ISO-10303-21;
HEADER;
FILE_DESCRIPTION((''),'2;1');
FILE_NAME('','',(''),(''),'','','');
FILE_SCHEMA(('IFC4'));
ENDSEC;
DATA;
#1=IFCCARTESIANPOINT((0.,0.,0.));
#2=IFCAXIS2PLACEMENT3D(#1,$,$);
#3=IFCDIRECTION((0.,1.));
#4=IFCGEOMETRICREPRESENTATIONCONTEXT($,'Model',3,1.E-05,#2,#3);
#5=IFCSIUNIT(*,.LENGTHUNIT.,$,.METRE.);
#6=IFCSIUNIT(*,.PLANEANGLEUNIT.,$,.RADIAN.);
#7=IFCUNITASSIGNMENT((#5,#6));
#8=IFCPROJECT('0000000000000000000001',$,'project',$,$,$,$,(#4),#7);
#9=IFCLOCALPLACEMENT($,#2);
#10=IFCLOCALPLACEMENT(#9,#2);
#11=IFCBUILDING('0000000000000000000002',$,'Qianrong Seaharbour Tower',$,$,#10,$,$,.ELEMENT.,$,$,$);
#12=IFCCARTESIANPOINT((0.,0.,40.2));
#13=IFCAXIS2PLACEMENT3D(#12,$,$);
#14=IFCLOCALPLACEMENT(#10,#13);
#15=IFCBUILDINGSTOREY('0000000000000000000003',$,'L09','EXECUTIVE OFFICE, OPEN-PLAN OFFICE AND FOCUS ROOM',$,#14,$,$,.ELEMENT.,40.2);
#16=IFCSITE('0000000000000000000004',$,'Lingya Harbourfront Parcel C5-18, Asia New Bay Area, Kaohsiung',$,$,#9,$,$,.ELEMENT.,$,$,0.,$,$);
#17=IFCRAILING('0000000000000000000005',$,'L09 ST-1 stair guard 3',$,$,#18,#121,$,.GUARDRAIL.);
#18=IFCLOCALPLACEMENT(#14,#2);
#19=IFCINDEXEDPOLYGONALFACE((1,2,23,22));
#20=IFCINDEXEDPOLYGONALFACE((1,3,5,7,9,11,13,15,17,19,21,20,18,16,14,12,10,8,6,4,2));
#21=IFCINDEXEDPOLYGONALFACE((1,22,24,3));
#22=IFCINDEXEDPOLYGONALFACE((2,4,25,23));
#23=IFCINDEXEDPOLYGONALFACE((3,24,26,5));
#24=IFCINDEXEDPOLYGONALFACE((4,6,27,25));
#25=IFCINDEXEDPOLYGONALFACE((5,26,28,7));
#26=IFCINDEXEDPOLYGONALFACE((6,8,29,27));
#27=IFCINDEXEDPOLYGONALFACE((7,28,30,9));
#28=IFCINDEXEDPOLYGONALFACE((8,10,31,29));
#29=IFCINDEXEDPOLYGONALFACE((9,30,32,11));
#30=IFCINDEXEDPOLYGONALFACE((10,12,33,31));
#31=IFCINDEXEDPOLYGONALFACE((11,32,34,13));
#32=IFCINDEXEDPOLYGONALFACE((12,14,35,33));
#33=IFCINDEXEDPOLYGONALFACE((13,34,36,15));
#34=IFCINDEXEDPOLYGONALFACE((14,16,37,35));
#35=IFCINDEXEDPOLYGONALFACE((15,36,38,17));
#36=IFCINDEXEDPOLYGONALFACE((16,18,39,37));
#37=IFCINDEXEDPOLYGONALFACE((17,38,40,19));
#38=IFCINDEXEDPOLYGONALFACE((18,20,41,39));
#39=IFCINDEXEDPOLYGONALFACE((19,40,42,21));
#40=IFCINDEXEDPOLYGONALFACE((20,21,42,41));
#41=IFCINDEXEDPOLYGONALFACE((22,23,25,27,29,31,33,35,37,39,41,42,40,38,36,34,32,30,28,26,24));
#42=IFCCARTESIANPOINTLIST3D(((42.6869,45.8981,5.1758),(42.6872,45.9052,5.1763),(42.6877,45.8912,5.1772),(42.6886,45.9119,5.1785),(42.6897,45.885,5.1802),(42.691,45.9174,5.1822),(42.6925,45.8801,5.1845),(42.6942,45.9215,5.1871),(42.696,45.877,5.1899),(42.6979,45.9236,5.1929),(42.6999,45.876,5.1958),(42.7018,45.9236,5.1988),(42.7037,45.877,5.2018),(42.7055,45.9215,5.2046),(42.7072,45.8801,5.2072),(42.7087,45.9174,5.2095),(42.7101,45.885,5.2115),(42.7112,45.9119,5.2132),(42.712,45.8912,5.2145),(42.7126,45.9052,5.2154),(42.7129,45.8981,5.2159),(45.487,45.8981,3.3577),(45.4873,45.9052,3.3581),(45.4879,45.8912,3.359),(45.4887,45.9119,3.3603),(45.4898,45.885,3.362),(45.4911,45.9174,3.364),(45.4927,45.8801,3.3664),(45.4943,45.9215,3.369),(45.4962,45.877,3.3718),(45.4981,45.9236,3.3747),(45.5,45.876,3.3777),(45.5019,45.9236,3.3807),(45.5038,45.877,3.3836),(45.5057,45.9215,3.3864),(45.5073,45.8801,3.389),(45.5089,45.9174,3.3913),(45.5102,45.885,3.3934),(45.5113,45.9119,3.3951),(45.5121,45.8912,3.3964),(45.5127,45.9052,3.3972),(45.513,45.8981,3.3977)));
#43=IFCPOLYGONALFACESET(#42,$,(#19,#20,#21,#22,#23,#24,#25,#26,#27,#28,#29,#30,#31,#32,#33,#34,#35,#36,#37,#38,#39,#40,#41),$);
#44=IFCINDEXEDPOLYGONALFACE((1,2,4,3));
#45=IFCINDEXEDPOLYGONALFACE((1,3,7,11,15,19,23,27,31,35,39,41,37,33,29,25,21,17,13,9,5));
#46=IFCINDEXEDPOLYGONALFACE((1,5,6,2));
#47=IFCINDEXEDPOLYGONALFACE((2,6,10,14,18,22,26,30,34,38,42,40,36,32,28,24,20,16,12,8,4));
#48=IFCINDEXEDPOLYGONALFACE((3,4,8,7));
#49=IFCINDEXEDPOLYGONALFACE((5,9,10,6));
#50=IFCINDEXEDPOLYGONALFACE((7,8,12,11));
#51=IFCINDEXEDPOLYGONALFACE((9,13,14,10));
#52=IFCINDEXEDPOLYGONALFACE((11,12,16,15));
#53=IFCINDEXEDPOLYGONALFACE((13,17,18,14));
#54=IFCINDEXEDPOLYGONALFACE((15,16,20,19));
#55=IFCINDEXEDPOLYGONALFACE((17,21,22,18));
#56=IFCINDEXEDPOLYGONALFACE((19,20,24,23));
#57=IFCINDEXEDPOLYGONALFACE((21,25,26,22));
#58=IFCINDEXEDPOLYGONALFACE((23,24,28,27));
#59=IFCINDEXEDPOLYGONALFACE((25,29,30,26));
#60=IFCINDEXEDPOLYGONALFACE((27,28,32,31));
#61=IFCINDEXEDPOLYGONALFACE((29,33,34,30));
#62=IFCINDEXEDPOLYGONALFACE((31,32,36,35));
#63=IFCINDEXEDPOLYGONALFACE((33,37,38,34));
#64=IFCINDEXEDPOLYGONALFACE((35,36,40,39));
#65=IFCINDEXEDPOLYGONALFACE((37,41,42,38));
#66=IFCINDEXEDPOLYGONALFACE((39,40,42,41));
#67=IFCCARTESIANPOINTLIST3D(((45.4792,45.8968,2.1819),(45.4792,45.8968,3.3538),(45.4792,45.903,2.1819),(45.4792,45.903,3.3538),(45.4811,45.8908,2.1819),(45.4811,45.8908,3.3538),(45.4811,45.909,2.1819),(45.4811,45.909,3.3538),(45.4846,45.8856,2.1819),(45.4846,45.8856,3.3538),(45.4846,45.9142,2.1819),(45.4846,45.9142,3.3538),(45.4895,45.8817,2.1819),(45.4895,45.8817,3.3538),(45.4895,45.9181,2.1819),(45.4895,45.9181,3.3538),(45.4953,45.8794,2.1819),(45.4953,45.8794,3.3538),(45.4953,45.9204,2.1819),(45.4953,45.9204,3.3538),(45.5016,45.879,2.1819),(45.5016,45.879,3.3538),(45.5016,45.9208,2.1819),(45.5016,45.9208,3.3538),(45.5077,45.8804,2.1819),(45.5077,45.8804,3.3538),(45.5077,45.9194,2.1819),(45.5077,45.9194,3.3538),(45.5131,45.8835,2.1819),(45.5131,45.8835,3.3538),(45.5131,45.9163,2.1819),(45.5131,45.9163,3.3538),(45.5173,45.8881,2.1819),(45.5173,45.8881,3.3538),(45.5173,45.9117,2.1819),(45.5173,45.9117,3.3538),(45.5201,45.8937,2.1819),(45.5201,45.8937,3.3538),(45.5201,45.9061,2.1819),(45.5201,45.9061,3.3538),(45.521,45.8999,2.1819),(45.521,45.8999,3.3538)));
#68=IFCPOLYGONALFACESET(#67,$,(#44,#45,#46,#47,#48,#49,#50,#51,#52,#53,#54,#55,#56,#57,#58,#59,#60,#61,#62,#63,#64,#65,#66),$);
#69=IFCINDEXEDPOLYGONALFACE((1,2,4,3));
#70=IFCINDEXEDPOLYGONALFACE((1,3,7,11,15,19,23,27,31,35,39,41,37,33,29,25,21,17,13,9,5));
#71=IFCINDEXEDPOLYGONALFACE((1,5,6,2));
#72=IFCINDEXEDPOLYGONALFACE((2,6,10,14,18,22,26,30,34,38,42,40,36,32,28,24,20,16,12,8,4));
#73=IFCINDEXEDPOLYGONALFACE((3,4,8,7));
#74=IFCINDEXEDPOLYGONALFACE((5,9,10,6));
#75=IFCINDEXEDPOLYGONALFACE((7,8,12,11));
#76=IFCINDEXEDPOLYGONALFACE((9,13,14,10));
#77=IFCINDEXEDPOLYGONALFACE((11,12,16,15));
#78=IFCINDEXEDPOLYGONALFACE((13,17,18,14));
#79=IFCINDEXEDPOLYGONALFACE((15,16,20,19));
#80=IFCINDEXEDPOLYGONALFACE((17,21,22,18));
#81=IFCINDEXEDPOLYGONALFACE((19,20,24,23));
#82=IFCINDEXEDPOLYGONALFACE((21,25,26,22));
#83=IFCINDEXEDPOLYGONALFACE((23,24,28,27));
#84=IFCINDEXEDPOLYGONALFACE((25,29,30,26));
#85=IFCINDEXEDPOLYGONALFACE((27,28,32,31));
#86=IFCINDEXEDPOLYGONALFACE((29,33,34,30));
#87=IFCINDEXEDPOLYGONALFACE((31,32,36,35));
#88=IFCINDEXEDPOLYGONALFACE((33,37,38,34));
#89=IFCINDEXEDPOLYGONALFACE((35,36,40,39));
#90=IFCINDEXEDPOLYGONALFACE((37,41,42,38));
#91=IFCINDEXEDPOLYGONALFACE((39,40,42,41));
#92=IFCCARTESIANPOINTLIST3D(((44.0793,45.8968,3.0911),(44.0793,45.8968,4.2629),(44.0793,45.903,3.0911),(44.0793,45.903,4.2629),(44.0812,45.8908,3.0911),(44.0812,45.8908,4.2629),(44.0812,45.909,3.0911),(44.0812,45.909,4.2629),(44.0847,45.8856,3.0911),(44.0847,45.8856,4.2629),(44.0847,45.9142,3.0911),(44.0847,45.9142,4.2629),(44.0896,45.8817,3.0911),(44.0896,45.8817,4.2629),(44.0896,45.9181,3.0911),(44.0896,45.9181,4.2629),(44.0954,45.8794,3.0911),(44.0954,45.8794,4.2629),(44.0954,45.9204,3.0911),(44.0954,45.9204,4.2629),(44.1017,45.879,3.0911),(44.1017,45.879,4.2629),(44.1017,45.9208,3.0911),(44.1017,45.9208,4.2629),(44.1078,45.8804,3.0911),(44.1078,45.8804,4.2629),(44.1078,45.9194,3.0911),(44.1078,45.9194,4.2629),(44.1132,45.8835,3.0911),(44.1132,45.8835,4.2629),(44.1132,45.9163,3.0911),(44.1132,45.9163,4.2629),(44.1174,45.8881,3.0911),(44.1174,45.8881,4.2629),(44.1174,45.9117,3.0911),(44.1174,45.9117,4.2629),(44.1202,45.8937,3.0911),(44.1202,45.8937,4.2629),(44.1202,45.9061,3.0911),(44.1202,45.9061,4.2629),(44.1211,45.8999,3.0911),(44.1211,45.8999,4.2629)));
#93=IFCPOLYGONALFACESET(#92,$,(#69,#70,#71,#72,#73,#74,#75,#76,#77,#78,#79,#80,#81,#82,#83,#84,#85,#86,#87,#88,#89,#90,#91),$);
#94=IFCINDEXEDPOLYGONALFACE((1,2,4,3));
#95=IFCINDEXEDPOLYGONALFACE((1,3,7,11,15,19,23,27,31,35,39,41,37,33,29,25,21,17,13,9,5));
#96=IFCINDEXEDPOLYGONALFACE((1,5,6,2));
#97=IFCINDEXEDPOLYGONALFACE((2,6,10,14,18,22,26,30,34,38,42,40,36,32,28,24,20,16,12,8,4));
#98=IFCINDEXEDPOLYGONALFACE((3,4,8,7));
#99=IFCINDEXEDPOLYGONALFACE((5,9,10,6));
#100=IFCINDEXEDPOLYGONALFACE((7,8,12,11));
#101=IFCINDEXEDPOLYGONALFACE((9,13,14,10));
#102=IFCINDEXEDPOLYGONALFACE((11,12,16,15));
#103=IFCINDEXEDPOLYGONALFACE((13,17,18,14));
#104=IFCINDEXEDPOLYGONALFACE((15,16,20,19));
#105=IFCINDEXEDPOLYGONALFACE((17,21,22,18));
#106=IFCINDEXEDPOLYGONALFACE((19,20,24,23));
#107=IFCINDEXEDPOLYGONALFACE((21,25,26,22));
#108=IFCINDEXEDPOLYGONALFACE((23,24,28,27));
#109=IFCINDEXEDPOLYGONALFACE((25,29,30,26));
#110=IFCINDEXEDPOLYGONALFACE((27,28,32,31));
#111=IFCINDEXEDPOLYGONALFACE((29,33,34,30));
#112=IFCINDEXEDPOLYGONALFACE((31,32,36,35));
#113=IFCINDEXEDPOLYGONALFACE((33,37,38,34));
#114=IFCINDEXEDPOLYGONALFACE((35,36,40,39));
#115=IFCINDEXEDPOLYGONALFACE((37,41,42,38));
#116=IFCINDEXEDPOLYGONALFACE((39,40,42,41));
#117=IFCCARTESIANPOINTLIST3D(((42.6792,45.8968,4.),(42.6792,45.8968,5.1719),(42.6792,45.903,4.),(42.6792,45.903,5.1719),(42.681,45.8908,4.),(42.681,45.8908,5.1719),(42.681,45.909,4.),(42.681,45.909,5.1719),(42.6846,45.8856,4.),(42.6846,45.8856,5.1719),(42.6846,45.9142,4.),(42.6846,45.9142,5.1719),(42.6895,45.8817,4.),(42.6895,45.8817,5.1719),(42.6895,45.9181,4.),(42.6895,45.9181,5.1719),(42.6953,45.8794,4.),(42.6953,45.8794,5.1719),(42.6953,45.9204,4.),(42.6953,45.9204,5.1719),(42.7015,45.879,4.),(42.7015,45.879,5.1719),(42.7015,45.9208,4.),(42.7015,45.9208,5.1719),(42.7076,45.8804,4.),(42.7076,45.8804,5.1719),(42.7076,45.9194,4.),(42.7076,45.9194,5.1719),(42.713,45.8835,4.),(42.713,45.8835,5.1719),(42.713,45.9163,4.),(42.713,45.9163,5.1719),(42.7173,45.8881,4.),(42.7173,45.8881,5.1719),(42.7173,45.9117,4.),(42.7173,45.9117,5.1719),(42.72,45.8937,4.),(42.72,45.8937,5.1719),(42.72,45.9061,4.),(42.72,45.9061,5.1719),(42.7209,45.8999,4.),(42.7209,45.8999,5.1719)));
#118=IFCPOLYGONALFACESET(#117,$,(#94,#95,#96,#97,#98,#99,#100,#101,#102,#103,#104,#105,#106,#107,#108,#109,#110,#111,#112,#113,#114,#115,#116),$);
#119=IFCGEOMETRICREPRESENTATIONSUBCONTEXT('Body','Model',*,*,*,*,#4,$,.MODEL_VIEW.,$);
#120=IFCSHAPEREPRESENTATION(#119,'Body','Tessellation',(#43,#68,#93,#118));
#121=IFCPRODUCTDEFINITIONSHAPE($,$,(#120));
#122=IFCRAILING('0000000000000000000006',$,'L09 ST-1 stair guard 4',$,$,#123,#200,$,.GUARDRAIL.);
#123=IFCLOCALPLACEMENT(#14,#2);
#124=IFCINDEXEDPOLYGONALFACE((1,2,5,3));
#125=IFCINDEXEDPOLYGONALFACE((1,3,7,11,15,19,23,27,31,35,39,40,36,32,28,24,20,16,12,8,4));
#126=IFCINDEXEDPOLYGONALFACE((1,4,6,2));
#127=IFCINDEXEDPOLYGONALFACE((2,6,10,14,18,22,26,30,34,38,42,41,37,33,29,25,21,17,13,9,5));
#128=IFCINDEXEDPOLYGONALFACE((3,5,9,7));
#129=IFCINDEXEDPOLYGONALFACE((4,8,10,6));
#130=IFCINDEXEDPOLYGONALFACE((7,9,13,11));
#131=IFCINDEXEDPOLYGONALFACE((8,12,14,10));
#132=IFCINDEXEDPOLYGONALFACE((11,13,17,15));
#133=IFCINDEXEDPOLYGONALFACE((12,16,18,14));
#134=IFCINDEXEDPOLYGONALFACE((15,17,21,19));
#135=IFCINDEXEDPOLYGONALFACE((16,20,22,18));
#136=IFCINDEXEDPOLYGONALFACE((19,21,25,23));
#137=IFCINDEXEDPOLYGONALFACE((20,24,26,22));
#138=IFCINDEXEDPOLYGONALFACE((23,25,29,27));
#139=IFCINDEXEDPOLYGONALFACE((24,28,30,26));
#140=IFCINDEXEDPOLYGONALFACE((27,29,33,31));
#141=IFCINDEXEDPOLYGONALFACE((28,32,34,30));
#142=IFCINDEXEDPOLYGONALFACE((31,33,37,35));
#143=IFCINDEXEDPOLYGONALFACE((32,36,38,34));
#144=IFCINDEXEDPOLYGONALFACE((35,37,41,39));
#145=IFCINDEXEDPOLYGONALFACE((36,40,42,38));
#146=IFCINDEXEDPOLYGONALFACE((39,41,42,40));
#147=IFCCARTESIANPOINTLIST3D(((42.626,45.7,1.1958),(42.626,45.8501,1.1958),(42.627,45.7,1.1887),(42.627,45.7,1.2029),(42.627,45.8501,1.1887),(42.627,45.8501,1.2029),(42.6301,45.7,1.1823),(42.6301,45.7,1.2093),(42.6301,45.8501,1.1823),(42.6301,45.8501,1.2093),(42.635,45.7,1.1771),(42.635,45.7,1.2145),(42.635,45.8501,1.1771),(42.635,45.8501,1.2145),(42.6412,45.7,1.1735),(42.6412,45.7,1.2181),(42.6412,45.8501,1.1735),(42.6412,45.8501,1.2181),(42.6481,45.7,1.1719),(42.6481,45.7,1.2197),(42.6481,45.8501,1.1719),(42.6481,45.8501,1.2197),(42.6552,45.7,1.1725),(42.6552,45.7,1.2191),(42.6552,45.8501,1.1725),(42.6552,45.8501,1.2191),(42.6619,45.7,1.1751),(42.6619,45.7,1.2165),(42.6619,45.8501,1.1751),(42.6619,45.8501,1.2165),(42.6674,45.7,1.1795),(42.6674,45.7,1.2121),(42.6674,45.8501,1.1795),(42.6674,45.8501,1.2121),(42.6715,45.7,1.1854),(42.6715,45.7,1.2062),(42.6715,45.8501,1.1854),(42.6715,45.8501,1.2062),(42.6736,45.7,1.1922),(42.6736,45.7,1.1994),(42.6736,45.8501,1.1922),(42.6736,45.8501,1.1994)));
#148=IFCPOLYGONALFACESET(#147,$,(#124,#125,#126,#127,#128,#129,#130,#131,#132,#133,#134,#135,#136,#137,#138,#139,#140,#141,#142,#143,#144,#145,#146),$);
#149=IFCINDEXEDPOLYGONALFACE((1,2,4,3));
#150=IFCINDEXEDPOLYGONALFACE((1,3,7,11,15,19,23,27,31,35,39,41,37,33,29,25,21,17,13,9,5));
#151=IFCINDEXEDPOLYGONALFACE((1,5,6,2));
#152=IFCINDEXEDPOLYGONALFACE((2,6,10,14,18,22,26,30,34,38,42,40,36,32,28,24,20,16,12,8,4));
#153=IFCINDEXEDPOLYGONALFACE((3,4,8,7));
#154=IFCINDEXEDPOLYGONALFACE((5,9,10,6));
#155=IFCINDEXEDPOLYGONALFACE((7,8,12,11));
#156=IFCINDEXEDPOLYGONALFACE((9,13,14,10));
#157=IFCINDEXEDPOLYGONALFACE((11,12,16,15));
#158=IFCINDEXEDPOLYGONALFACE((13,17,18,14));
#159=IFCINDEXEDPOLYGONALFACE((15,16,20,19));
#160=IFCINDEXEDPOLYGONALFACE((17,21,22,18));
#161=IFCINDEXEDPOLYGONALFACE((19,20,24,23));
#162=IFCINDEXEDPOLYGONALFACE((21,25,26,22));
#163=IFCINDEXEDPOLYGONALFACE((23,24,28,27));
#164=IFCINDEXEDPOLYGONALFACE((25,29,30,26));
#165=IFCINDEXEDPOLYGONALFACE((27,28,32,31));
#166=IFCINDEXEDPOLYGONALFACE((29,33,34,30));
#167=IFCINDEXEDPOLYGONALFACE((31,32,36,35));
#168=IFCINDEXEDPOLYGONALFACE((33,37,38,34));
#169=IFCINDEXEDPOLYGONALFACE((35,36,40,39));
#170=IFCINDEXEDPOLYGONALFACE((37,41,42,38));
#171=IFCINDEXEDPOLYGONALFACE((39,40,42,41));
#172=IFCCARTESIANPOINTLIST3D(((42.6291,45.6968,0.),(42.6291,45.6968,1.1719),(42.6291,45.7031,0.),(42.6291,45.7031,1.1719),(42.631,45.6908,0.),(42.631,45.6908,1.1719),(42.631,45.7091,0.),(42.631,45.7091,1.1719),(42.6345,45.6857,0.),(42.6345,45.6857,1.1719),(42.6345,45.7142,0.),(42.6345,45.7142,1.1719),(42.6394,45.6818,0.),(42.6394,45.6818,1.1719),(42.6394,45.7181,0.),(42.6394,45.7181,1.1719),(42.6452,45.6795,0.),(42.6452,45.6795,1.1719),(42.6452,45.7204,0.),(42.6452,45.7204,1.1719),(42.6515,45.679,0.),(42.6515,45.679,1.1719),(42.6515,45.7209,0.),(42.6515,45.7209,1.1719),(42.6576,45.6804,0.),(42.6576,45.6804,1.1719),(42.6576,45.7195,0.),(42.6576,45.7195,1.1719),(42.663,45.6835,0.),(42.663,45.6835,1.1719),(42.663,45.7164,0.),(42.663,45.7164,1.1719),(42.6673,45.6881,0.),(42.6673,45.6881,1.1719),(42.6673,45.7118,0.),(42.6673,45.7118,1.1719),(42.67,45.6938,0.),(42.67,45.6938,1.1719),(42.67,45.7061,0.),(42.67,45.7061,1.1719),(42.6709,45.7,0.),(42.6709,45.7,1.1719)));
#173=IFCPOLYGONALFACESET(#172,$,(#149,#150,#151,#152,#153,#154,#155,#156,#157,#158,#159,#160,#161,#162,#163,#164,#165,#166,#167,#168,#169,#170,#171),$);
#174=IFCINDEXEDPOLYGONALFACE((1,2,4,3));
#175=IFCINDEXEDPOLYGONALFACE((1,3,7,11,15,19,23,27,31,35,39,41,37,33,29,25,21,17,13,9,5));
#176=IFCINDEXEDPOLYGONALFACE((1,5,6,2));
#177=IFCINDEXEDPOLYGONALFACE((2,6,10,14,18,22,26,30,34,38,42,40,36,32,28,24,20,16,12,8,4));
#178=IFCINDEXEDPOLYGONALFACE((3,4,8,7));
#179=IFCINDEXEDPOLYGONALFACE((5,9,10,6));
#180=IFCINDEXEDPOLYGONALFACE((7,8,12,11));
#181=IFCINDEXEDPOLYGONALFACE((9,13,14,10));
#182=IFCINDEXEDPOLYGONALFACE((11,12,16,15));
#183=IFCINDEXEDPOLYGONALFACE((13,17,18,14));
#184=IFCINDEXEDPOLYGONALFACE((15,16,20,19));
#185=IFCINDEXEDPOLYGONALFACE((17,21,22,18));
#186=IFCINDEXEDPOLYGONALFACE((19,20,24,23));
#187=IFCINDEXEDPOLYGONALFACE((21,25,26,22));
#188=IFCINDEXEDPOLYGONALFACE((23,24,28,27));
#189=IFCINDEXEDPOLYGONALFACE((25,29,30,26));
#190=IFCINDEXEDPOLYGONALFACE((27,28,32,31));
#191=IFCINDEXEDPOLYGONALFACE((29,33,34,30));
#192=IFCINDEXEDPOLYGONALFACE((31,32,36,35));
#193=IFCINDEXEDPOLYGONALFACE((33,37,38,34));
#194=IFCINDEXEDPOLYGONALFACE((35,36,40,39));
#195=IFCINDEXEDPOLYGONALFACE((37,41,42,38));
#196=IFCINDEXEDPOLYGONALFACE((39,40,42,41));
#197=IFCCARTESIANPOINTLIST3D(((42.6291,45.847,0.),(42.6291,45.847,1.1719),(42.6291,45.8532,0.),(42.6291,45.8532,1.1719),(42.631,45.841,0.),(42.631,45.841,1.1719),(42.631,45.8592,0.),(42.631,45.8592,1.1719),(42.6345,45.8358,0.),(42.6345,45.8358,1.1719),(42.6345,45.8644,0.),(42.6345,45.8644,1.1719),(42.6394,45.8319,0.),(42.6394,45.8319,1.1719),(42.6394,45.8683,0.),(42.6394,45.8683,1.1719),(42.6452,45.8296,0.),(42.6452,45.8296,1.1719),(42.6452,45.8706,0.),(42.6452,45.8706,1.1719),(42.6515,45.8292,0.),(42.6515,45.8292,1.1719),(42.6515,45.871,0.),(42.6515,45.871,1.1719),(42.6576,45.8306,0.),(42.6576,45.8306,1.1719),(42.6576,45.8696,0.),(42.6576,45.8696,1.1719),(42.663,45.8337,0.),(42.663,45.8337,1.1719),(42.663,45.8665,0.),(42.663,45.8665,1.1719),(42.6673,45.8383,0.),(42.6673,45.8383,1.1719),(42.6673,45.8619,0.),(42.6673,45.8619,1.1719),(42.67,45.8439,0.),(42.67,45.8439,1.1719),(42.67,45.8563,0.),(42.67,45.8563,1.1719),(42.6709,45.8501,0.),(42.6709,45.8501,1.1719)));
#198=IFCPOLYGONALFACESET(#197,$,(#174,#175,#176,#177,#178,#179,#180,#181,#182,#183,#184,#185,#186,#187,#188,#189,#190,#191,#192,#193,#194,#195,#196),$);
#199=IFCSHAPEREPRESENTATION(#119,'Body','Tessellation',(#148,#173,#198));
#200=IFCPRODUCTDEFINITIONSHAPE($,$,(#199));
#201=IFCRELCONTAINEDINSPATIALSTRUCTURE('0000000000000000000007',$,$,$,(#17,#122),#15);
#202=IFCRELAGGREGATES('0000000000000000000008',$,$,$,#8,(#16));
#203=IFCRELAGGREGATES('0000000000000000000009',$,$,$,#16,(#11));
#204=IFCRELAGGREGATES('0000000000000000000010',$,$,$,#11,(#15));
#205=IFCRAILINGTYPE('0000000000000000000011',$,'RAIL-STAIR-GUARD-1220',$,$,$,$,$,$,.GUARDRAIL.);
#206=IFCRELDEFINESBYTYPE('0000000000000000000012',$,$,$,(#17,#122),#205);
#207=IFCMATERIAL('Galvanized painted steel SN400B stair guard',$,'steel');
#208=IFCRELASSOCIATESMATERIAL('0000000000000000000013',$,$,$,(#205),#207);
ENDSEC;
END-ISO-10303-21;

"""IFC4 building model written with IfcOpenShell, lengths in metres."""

from ifc_helpers import new_model, si_unit, direction, frame, origin, origin_2d, place, context, subcontext, project, spatial, circle, extrude, material, type_object, element, save


model = new_model("IFC4")

# Units and contexts
model_context = context("Model", 3, precision=1e-05, world=origin(), true_north=direction((0.0, 1.0)))
body_context = subcontext(model_context, "Body", "Model", "MODEL_VIEW")
ifc_project = project(units=[si_unit("LENGTHUNIT", "METRE"), si_unit("PLANEANGLEUNIT", "RADIAN")], contexts=[model_context])

# Site, building, storey
site_placement = place(None, origin())
site = spatial("IfcSite", under=ifc_project, at=site_placement, Name="Lingya Harbourfront Parcel C5-18, Asia New Bay Area, Kaohsiung", CompositionType="ELEMENT", RefElevation=0.0)
building_placement = place(site_placement, origin())
building = spatial("IfcBuilding", under=site, at=building_placement, Name="Qianrong Seaharbour Tower", CompositionType="ELEMENT")
storey_placement = place(building_placement, frame((0.0, 0.0, 40.2)))
storey = spatial("IfcBuildingStorey", under=building, at=storey_placement, Name="L09", Description="EXECUTIVE OFFICE, OPEN-PLAN OFFICE AND FOCUS ROOM", CompositionType="ELEMENT", Elevation=40.2)

# Railings
ifc_material_1 = material(Name="Galvanized painted steel SN400B stair guard", Category="steel")
railing_type_1 = type_object("IfcRailingType", Name="RAIL-STAIR-GUARD-1220", PredefinedType="GUARDRAIL", material=ifc_material_1)
railing_1_placement = place(storey_placement, frame((45.5, 45.8999, 2.1819)))
element("IfcRailing", 1, at=railing_1_placement, inside=storey, type_object=railing_type_1, Name="L09 ST-1 stair guard 3", PredefinedType="GUARDRAIL", context=body_context, shape_type="SweptSolid", body=[
    extrude(circle(Radius=0.0239, at=origin_2d()), frame((0.0, 0.0, 1.1958), z_axis=(-0.838706, 0.0, 0.544585), x_axis=(0.0, -1.0, 0.0)), (0.0, 0.0, 1.0), 3.3386),
    extrude(circle(Radius=0.021, at=origin_2d()), origin(), (0.0, 0.0, 1.0), 1.1719),
    extrude(circle(Radius=0.021, at=origin_2d()), frame((-1.3999, 0.0, 0.9092)), (0.0, 0.0, 1.0), 1.1719),
    extrude(circle(Radius=0.021, at=origin_2d()), frame((-2.8, 0.0, 1.8181)), (0.0, 0.0, 1.0), 1.1719),
])
railing_2_placement = place(storey_placement, frame((42.6499, 45.7, 0.0)))
element("IfcRailing", 2, at=railing_2_placement, inside=storey, type_object=railing_type_1, Name="L09 ST-1 stair guard 4", PredefinedType="GUARDRAIL", context=body_context, shape_type="SweptSolid", body=[
    extrude(circle(Radius=0.0239, at=origin_2d()), frame((0.0, 0.0, 1.1958), z_axis=(0.0, 1.0, 0.0), x_axis=(-1.0, 0.0, 0.0)), (0.0, 0.0, 1.0), 0.1501),
    extrude(circle(Radius=0.021, at=origin_2d()), origin(), (0.0, 0.0, 1.0), 1.1719),
    extrude(circle(Radius=0.021, at=origin_2d()), frame((0.0, 0.1501, 0.0)), (0.0, 0.0, 1.0), 1.1719),
])

save(model, "model.ifc")
